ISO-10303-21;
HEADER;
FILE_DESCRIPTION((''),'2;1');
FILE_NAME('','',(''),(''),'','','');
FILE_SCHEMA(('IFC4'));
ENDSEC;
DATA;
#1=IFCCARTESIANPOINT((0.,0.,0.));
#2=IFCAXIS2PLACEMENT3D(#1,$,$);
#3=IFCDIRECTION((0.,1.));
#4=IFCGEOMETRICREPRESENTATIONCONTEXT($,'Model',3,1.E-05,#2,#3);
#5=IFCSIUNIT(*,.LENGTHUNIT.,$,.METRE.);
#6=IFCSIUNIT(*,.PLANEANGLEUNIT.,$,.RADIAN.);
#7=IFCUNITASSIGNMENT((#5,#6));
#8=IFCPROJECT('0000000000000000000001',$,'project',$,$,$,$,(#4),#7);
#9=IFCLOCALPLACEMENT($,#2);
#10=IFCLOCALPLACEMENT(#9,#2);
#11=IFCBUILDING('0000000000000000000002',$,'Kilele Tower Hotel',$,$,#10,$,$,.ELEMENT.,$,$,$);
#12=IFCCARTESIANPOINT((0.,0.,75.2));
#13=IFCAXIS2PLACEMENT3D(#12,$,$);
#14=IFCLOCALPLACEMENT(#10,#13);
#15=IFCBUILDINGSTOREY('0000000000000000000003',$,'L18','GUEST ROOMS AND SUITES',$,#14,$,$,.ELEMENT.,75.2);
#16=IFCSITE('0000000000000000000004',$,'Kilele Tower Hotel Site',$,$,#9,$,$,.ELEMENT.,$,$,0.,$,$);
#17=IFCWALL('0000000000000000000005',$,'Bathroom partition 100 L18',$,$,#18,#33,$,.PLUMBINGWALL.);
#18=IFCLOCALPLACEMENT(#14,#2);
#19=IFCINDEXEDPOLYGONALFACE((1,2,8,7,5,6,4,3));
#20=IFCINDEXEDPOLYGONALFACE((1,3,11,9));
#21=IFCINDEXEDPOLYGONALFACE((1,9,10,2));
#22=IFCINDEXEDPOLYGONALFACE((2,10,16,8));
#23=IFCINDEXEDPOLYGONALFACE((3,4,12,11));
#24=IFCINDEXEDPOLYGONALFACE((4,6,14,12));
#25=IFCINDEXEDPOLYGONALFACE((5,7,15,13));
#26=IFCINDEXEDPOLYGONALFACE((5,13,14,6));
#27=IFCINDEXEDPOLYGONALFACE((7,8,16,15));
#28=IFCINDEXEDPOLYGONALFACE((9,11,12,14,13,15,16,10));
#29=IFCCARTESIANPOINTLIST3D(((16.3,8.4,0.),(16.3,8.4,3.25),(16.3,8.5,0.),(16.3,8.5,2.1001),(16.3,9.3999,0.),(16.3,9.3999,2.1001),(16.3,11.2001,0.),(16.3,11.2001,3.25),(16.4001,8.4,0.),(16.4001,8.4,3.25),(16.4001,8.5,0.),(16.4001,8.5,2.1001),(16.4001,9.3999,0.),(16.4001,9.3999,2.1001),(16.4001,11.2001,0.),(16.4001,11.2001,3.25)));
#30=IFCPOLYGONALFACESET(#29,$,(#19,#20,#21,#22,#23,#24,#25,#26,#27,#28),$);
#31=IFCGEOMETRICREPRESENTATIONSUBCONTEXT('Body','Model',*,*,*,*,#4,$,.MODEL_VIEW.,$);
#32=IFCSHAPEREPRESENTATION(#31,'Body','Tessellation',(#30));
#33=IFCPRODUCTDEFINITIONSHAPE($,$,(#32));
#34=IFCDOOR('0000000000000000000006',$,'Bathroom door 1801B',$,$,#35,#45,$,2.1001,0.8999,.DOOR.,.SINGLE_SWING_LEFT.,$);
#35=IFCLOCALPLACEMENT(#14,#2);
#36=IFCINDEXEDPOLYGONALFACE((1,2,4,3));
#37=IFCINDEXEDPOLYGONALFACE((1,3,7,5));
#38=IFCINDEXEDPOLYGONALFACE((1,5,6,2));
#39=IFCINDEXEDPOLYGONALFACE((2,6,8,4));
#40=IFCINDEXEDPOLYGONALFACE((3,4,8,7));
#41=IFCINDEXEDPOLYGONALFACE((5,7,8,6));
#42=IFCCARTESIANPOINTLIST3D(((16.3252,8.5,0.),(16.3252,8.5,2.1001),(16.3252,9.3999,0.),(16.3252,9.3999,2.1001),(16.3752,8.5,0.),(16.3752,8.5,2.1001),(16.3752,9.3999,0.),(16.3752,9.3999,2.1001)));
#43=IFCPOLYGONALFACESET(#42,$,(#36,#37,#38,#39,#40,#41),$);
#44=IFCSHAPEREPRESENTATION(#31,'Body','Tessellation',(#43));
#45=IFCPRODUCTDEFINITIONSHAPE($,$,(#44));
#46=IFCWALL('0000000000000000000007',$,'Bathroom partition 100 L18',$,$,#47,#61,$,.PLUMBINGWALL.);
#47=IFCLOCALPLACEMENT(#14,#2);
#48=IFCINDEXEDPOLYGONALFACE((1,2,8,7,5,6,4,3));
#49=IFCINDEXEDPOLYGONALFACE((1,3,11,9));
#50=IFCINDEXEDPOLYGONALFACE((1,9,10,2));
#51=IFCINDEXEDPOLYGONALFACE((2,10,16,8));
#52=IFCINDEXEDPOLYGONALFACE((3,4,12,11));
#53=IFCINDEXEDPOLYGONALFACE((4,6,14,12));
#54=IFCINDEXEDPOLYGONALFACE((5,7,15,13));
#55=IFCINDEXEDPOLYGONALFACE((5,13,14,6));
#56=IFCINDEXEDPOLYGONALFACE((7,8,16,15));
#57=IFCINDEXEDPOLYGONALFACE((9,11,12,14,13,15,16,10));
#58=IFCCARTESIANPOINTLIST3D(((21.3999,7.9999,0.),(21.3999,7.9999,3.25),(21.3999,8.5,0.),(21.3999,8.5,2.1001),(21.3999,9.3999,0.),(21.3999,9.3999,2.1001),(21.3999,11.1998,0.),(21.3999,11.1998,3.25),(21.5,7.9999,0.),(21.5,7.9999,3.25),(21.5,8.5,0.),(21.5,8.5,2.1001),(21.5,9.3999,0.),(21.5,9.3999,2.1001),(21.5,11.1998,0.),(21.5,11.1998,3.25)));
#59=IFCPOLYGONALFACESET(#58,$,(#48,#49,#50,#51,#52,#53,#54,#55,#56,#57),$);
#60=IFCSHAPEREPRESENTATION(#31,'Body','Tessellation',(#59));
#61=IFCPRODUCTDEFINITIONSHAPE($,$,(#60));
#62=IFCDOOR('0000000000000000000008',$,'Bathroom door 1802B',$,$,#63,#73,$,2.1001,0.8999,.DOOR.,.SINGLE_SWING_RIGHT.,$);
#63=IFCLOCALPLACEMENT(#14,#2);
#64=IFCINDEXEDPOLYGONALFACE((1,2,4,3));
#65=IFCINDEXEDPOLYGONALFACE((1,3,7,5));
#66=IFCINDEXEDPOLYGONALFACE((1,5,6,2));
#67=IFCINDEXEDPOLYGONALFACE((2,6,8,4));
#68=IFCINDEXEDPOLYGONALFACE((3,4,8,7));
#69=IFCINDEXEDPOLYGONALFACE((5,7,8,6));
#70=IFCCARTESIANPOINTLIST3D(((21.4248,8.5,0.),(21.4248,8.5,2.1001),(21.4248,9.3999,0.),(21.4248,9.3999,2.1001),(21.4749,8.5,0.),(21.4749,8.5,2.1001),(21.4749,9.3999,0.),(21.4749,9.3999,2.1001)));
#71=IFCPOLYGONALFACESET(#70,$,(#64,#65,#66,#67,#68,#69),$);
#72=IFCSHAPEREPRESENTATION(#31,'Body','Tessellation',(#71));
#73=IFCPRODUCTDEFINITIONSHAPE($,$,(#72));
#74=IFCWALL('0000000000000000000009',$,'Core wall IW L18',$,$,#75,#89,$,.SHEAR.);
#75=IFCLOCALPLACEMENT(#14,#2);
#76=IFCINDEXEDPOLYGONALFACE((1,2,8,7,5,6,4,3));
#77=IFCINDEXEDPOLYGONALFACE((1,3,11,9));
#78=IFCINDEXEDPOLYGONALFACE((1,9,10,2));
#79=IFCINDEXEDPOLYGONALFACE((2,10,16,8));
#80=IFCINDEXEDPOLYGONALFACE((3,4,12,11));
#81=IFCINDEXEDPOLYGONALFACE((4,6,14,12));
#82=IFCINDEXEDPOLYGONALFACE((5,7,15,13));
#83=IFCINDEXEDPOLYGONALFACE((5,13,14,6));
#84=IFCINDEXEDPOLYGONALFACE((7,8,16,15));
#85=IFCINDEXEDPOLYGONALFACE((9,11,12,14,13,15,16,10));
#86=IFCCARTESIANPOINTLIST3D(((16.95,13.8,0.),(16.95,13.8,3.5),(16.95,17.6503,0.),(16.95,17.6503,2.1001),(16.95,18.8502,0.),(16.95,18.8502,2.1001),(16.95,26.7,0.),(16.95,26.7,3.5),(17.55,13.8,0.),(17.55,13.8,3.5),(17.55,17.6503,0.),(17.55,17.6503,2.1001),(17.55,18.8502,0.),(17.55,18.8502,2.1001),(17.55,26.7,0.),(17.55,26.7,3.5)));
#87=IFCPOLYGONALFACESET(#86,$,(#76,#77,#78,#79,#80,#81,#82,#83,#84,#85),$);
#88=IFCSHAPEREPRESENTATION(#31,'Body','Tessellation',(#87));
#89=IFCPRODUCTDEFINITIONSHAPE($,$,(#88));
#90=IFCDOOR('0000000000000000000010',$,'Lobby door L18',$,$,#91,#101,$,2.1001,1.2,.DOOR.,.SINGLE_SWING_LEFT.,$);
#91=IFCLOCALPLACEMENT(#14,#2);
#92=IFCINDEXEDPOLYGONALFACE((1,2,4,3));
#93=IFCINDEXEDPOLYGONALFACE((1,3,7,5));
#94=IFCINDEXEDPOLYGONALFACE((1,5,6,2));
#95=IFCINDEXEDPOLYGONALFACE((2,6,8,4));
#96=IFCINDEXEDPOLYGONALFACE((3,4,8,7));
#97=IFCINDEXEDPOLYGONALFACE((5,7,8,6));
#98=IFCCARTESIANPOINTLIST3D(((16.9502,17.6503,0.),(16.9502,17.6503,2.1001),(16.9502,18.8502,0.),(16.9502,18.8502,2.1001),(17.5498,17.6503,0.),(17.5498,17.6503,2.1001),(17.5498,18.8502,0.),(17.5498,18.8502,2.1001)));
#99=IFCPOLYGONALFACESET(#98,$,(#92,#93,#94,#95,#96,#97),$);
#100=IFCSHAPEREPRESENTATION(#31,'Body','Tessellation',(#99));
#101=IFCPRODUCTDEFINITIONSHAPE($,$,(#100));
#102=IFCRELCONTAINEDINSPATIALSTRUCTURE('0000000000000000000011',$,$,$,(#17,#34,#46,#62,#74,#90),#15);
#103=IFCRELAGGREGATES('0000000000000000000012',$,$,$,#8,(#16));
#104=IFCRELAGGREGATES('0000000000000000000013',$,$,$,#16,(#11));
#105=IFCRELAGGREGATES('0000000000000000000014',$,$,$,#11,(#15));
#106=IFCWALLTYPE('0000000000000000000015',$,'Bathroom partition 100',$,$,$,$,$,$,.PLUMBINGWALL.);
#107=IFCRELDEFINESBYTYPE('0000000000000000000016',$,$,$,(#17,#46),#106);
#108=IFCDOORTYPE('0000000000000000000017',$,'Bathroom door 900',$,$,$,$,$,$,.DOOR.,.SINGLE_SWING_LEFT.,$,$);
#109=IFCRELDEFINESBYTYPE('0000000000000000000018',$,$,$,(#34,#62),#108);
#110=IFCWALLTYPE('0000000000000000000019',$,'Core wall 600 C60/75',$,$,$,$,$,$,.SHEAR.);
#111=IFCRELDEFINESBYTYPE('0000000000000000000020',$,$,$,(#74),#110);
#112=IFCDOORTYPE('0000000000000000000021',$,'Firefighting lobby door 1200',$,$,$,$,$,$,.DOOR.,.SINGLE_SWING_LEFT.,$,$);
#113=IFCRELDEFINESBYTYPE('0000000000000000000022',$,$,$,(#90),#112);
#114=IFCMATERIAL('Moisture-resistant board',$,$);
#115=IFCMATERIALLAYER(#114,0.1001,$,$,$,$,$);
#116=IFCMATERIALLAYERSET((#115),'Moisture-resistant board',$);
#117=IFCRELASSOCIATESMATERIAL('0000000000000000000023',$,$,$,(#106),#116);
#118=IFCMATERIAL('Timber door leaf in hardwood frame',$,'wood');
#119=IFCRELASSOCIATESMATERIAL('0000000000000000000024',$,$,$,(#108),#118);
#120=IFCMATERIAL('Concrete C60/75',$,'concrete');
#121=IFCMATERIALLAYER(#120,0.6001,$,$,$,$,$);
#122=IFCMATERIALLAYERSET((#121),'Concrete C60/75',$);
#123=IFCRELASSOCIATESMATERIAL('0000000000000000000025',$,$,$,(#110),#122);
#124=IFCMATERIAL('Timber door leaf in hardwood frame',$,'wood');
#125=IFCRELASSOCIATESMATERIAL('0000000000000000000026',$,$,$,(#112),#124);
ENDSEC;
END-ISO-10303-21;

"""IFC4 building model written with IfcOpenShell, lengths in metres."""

from ifc_helpers import new_model, si_unit, direction, frame, frame_2d, origin, place, context, subcontext, project, spatial, rectangle, extrude, material, layer, layer_set, type_object, element, fill, save


model = new_model("IFC4")

# Units and contexts
model_context = context("Model", 3, precision=1e-05, world=origin(), true_north=direction((0.0, 1.0)))
body_context = subcontext(model_context, "Body", "Model", "MODEL_VIEW")
ifc_project = project(units=[si_unit("LENGTHUNIT", "METRE"), si_unit("PLANEANGLEUNIT", "RADIAN")], contexts=[model_context])

# Site, building, storey
site_placement = place(None, origin())
site = spatial("IfcSite", under=ifc_project, at=site_placement, Name="Kilele Tower Hotel Site", CompositionType="ELEMENT", RefElevation=0.0)
building_placement = place(site_placement, origin())
building = spatial("IfcBuilding", under=site, at=building_placement, Name="Kilele Tower Hotel", CompositionType="ELEMENT")
storey_placement = place(building_placement, frame((0.0, 0.0, 75.2)))
storey = spatial("IfcBuildingStorey", under=building, at=storey_placement, Name="L18", Description="GUEST ROOMS AND SUITES", CompositionType="ELEMENT", Elevation=75.2)

# Walls, openings, doors
ifc_material_1 = material(Name="Moisture-resistant board")
ifc_layer_1 = layer(ifc_material_1, 0.1001)
ifc_layer_set_1 = layer_set([ifc_layer_1], Name="Moisture-resistant board")
wall_type_1 = type_object("IfcWallType", Name="Bathroom partition 100", PredefinedType="PLUMBINGWALL", material=ifc_layer_set_1)
wall_1_placement = place(storey_placement, frame((16.3501, 11.2, 0.0), z_axis=(0.0, 0.0, 1.0), x_axis=(0.0, -1.0, 0.0)))
wall_1 = element("IfcWall", 1, at=wall_1_placement, inside=storey, type_object=wall_type_1, Name="Bathroom partition 100 L18", PredefinedType="PLUMBINGWALL", context=body_context, shape_type="SweptSolid", body=[
    extrude(rectangle(XDim=2.8, YDim=0.1001, at=frame_2d((1.3999, 0.0))), origin(), (0.0, 0.0, 1.0), 3.25),
])
opening_1_placement = place(wall_1_placement, frame((2.7, 0.0, 0.0), z_axis=(0.0, 0.0, 1.0), x_axis=(-1.0, 0.0, 0.0)))
opening_1 = element("IfcOpeningElement", 2, at=opening_1_placement, cuts=wall_1, PredefinedType="OPENING", context=body_context, shape_type="SweptSolid", body=[
    extrude(rectangle(XDim=0.8999, YDim=2.1001, at=frame_2d((0.45, 1.05))), frame((0.0, 0.0601, 0.0), z_axis=(0.0, -1.0, 0.0), x_axis=(1.0, 0.0, 0.0)), (0.0, 0.0, 1.0), 0.1201),
])
ifc_material_2 = material(Name="Timber door leaf in hardwood frame", Category="wood")
door_type_1 = type_object("IfcDoorType", Name="Bathroom door 900", OperationType="SINGLE_SWING_LEFT", PredefinedType="DOOR", material=ifc_material_2)
door_1_placement = place(opening_1_placement, origin())
door_1 = element("IfcDoor", 3, at=door_1_placement, inside=storey, type_object=door_type_1, Name="Bathroom door 1801B", OperationType="SINGLE_SWING_LEFT", OverallHeight=2.1001, OverallWidth=0.8999, PredefinedType="DOOR", context=body_context, shape_type="SweptSolid", body=[
    extrude(rectangle(XDim=0.8999, YDim=2.1001, at=frame_2d((0.45, 1.05))), frame((0.0, 0.0249, 0.0), z_axis=(0.0, -1.0, 0.0), x_axis=(1.0, 0.0, 0.0)), (0.0, 0.0, 1.0), 0.05),
])
fill(opening_1, door_1)
wall_2_placement = place(storey_placement, frame((21.45, 11.2, 0.0), z_axis=(0.0, 0.0, 1.0), x_axis=(0.0, -1.0, 0.0)))
wall_2 = element("IfcWall", 4, at=wall_2_placement, inside=storey, type_object=wall_type_1, Name="Bathroom partition 100 L18", PredefinedType="PLUMBINGWALL", context=body_context, shape_type="SweptSolid", body=[
    extrude(rectangle(XDim=3.2, YDim=0.1001, at=frame_2d((1.6001, 0.0))), origin(), (0.0, 0.0, 1.0), 3.25),
])
opening_2_placement = place(wall_2_placement, frame((1.8, 0.0, 0.0)))
opening_2 = element("IfcOpeningElement", 5, at=opening_2_placement, cuts=wall_2, PredefinedType="OPENING", context=body_context, shape_type="SweptSolid", body=[
    extrude(rectangle(XDim=0.8999, YDim=2.1001, at=frame_2d((0.45, 1.05))), frame((0.0, 0.0601, 0.0), z_axis=(0.0, -1.0, 0.0), x_axis=(1.0, 0.0, 0.0)), (0.0, 0.0, 1.0), 0.1201),
])
door_2_placement = place(opening_2_placement, origin())
door_2 = element("IfcDoor", 6, at=door_2_placement, inside=storey, type_object=door_type_1, Name="Bathroom door 1802B", OperationType="SINGLE_SWING_RIGHT", OverallHeight=2.1001, OverallWidth=0.8999, PredefinedType="DOOR", context=body_context, shape_type="SweptSolid", body=[
    extrude(rectangle(XDim=0.8999, YDim=2.1001, at=frame_2d((0.45, 1.05))), frame((0.0, 0.0249, 0.0), z_axis=(0.0, -1.0, 0.0), x_axis=(1.0, 0.0, 0.0)), (0.0, 0.0, 1.0), 0.05),
])
fill(opening_2, door_2)
ifc_material_3 = material(Name="Concrete C60/75", Category="concrete")
ifc_layer_2 = layer(ifc_material_3, 0.6001)
ifc_layer_set_2 = layer_set([ifc_layer_2], Name="Concrete C60/75")
wall_type_2 = type_object("IfcWallType", Name="Core wall 600 C60/75", PredefinedType="SHEAR", material=ifc_layer_set_2)
wall_3_placement = place(storey_placement, frame((17.25, 13.8, 0.0), z_axis=(0.0, 0.0, 1.0), x_axis=(0.0, 1.0, 0.0)))
wall_3 = element("IfcWall", 7, at=wall_3_placement, inside=storey, type_object=wall_type_2, Name="Core wall IW L18", PredefinedType="SHEAR", context=body_context, shape_type="SweptSolid", body=[
    extrude(rectangle(XDim=12.8999, YDim=0.6001, at=frame_2d((6.45, 0.0))), origin(), (0.0, 0.0, 1.0), 3.5),
])
opening_3_placement = place(wall_3_placement, frame((3.8501, 0.0, 0.0)))
opening_3 = element("IfcOpeningElement", 8, at=opening_3_placement, cuts=wall_3, PredefinedType="OPENING", context=body_context, shape_type="SweptSolid", body=[
    extrude(rectangle(XDim=1.2, YDim=2.1001, at=frame_2d((0.6001, 1.05))), frame((0.0, 0.3101, 0.0), z_axis=(0.0, -1.0, 0.0), x_axis=(1.0, 0.0, 0.0)), (0.0, 0.0, 1.0), 0.6201),
])
ifc_material_4 = material(Name="Timber door leaf in hardwood frame", Category="wood")
door_type_2 = type_object("IfcDoorType", Name="Firefighting lobby door 1200", OperationType="SINGLE_SWING_LEFT", PredefinedType="DOOR", material=ifc_material_4)
door_3_placement = place(opening_3_placement, origin())
door_3 = element("IfcDoor", 9, at=door_3_placement, inside=storey, type_object=door_type_2, Name="Lobby door L18", OperationType="SINGLE_SWING_LEFT", OverallHeight=2.1001, OverallWidth=1.2, PredefinedType="DOOR", context=body_context, shape_type="SweptSolid", body=[
    extrude(rectangle(XDim=1.2, YDim=2.1001, at=frame_2d((0.6001, 1.05))), frame((0.0, 0.2998, 0.0), z_axis=(0.0, -1.0, 0.0), x_axis=(1.0, 0.0, 0.0)), (0.0, 0.0, 1.0), 0.5996),
])
fill(opening_3, door_3)

save(model, "model.ifc")
